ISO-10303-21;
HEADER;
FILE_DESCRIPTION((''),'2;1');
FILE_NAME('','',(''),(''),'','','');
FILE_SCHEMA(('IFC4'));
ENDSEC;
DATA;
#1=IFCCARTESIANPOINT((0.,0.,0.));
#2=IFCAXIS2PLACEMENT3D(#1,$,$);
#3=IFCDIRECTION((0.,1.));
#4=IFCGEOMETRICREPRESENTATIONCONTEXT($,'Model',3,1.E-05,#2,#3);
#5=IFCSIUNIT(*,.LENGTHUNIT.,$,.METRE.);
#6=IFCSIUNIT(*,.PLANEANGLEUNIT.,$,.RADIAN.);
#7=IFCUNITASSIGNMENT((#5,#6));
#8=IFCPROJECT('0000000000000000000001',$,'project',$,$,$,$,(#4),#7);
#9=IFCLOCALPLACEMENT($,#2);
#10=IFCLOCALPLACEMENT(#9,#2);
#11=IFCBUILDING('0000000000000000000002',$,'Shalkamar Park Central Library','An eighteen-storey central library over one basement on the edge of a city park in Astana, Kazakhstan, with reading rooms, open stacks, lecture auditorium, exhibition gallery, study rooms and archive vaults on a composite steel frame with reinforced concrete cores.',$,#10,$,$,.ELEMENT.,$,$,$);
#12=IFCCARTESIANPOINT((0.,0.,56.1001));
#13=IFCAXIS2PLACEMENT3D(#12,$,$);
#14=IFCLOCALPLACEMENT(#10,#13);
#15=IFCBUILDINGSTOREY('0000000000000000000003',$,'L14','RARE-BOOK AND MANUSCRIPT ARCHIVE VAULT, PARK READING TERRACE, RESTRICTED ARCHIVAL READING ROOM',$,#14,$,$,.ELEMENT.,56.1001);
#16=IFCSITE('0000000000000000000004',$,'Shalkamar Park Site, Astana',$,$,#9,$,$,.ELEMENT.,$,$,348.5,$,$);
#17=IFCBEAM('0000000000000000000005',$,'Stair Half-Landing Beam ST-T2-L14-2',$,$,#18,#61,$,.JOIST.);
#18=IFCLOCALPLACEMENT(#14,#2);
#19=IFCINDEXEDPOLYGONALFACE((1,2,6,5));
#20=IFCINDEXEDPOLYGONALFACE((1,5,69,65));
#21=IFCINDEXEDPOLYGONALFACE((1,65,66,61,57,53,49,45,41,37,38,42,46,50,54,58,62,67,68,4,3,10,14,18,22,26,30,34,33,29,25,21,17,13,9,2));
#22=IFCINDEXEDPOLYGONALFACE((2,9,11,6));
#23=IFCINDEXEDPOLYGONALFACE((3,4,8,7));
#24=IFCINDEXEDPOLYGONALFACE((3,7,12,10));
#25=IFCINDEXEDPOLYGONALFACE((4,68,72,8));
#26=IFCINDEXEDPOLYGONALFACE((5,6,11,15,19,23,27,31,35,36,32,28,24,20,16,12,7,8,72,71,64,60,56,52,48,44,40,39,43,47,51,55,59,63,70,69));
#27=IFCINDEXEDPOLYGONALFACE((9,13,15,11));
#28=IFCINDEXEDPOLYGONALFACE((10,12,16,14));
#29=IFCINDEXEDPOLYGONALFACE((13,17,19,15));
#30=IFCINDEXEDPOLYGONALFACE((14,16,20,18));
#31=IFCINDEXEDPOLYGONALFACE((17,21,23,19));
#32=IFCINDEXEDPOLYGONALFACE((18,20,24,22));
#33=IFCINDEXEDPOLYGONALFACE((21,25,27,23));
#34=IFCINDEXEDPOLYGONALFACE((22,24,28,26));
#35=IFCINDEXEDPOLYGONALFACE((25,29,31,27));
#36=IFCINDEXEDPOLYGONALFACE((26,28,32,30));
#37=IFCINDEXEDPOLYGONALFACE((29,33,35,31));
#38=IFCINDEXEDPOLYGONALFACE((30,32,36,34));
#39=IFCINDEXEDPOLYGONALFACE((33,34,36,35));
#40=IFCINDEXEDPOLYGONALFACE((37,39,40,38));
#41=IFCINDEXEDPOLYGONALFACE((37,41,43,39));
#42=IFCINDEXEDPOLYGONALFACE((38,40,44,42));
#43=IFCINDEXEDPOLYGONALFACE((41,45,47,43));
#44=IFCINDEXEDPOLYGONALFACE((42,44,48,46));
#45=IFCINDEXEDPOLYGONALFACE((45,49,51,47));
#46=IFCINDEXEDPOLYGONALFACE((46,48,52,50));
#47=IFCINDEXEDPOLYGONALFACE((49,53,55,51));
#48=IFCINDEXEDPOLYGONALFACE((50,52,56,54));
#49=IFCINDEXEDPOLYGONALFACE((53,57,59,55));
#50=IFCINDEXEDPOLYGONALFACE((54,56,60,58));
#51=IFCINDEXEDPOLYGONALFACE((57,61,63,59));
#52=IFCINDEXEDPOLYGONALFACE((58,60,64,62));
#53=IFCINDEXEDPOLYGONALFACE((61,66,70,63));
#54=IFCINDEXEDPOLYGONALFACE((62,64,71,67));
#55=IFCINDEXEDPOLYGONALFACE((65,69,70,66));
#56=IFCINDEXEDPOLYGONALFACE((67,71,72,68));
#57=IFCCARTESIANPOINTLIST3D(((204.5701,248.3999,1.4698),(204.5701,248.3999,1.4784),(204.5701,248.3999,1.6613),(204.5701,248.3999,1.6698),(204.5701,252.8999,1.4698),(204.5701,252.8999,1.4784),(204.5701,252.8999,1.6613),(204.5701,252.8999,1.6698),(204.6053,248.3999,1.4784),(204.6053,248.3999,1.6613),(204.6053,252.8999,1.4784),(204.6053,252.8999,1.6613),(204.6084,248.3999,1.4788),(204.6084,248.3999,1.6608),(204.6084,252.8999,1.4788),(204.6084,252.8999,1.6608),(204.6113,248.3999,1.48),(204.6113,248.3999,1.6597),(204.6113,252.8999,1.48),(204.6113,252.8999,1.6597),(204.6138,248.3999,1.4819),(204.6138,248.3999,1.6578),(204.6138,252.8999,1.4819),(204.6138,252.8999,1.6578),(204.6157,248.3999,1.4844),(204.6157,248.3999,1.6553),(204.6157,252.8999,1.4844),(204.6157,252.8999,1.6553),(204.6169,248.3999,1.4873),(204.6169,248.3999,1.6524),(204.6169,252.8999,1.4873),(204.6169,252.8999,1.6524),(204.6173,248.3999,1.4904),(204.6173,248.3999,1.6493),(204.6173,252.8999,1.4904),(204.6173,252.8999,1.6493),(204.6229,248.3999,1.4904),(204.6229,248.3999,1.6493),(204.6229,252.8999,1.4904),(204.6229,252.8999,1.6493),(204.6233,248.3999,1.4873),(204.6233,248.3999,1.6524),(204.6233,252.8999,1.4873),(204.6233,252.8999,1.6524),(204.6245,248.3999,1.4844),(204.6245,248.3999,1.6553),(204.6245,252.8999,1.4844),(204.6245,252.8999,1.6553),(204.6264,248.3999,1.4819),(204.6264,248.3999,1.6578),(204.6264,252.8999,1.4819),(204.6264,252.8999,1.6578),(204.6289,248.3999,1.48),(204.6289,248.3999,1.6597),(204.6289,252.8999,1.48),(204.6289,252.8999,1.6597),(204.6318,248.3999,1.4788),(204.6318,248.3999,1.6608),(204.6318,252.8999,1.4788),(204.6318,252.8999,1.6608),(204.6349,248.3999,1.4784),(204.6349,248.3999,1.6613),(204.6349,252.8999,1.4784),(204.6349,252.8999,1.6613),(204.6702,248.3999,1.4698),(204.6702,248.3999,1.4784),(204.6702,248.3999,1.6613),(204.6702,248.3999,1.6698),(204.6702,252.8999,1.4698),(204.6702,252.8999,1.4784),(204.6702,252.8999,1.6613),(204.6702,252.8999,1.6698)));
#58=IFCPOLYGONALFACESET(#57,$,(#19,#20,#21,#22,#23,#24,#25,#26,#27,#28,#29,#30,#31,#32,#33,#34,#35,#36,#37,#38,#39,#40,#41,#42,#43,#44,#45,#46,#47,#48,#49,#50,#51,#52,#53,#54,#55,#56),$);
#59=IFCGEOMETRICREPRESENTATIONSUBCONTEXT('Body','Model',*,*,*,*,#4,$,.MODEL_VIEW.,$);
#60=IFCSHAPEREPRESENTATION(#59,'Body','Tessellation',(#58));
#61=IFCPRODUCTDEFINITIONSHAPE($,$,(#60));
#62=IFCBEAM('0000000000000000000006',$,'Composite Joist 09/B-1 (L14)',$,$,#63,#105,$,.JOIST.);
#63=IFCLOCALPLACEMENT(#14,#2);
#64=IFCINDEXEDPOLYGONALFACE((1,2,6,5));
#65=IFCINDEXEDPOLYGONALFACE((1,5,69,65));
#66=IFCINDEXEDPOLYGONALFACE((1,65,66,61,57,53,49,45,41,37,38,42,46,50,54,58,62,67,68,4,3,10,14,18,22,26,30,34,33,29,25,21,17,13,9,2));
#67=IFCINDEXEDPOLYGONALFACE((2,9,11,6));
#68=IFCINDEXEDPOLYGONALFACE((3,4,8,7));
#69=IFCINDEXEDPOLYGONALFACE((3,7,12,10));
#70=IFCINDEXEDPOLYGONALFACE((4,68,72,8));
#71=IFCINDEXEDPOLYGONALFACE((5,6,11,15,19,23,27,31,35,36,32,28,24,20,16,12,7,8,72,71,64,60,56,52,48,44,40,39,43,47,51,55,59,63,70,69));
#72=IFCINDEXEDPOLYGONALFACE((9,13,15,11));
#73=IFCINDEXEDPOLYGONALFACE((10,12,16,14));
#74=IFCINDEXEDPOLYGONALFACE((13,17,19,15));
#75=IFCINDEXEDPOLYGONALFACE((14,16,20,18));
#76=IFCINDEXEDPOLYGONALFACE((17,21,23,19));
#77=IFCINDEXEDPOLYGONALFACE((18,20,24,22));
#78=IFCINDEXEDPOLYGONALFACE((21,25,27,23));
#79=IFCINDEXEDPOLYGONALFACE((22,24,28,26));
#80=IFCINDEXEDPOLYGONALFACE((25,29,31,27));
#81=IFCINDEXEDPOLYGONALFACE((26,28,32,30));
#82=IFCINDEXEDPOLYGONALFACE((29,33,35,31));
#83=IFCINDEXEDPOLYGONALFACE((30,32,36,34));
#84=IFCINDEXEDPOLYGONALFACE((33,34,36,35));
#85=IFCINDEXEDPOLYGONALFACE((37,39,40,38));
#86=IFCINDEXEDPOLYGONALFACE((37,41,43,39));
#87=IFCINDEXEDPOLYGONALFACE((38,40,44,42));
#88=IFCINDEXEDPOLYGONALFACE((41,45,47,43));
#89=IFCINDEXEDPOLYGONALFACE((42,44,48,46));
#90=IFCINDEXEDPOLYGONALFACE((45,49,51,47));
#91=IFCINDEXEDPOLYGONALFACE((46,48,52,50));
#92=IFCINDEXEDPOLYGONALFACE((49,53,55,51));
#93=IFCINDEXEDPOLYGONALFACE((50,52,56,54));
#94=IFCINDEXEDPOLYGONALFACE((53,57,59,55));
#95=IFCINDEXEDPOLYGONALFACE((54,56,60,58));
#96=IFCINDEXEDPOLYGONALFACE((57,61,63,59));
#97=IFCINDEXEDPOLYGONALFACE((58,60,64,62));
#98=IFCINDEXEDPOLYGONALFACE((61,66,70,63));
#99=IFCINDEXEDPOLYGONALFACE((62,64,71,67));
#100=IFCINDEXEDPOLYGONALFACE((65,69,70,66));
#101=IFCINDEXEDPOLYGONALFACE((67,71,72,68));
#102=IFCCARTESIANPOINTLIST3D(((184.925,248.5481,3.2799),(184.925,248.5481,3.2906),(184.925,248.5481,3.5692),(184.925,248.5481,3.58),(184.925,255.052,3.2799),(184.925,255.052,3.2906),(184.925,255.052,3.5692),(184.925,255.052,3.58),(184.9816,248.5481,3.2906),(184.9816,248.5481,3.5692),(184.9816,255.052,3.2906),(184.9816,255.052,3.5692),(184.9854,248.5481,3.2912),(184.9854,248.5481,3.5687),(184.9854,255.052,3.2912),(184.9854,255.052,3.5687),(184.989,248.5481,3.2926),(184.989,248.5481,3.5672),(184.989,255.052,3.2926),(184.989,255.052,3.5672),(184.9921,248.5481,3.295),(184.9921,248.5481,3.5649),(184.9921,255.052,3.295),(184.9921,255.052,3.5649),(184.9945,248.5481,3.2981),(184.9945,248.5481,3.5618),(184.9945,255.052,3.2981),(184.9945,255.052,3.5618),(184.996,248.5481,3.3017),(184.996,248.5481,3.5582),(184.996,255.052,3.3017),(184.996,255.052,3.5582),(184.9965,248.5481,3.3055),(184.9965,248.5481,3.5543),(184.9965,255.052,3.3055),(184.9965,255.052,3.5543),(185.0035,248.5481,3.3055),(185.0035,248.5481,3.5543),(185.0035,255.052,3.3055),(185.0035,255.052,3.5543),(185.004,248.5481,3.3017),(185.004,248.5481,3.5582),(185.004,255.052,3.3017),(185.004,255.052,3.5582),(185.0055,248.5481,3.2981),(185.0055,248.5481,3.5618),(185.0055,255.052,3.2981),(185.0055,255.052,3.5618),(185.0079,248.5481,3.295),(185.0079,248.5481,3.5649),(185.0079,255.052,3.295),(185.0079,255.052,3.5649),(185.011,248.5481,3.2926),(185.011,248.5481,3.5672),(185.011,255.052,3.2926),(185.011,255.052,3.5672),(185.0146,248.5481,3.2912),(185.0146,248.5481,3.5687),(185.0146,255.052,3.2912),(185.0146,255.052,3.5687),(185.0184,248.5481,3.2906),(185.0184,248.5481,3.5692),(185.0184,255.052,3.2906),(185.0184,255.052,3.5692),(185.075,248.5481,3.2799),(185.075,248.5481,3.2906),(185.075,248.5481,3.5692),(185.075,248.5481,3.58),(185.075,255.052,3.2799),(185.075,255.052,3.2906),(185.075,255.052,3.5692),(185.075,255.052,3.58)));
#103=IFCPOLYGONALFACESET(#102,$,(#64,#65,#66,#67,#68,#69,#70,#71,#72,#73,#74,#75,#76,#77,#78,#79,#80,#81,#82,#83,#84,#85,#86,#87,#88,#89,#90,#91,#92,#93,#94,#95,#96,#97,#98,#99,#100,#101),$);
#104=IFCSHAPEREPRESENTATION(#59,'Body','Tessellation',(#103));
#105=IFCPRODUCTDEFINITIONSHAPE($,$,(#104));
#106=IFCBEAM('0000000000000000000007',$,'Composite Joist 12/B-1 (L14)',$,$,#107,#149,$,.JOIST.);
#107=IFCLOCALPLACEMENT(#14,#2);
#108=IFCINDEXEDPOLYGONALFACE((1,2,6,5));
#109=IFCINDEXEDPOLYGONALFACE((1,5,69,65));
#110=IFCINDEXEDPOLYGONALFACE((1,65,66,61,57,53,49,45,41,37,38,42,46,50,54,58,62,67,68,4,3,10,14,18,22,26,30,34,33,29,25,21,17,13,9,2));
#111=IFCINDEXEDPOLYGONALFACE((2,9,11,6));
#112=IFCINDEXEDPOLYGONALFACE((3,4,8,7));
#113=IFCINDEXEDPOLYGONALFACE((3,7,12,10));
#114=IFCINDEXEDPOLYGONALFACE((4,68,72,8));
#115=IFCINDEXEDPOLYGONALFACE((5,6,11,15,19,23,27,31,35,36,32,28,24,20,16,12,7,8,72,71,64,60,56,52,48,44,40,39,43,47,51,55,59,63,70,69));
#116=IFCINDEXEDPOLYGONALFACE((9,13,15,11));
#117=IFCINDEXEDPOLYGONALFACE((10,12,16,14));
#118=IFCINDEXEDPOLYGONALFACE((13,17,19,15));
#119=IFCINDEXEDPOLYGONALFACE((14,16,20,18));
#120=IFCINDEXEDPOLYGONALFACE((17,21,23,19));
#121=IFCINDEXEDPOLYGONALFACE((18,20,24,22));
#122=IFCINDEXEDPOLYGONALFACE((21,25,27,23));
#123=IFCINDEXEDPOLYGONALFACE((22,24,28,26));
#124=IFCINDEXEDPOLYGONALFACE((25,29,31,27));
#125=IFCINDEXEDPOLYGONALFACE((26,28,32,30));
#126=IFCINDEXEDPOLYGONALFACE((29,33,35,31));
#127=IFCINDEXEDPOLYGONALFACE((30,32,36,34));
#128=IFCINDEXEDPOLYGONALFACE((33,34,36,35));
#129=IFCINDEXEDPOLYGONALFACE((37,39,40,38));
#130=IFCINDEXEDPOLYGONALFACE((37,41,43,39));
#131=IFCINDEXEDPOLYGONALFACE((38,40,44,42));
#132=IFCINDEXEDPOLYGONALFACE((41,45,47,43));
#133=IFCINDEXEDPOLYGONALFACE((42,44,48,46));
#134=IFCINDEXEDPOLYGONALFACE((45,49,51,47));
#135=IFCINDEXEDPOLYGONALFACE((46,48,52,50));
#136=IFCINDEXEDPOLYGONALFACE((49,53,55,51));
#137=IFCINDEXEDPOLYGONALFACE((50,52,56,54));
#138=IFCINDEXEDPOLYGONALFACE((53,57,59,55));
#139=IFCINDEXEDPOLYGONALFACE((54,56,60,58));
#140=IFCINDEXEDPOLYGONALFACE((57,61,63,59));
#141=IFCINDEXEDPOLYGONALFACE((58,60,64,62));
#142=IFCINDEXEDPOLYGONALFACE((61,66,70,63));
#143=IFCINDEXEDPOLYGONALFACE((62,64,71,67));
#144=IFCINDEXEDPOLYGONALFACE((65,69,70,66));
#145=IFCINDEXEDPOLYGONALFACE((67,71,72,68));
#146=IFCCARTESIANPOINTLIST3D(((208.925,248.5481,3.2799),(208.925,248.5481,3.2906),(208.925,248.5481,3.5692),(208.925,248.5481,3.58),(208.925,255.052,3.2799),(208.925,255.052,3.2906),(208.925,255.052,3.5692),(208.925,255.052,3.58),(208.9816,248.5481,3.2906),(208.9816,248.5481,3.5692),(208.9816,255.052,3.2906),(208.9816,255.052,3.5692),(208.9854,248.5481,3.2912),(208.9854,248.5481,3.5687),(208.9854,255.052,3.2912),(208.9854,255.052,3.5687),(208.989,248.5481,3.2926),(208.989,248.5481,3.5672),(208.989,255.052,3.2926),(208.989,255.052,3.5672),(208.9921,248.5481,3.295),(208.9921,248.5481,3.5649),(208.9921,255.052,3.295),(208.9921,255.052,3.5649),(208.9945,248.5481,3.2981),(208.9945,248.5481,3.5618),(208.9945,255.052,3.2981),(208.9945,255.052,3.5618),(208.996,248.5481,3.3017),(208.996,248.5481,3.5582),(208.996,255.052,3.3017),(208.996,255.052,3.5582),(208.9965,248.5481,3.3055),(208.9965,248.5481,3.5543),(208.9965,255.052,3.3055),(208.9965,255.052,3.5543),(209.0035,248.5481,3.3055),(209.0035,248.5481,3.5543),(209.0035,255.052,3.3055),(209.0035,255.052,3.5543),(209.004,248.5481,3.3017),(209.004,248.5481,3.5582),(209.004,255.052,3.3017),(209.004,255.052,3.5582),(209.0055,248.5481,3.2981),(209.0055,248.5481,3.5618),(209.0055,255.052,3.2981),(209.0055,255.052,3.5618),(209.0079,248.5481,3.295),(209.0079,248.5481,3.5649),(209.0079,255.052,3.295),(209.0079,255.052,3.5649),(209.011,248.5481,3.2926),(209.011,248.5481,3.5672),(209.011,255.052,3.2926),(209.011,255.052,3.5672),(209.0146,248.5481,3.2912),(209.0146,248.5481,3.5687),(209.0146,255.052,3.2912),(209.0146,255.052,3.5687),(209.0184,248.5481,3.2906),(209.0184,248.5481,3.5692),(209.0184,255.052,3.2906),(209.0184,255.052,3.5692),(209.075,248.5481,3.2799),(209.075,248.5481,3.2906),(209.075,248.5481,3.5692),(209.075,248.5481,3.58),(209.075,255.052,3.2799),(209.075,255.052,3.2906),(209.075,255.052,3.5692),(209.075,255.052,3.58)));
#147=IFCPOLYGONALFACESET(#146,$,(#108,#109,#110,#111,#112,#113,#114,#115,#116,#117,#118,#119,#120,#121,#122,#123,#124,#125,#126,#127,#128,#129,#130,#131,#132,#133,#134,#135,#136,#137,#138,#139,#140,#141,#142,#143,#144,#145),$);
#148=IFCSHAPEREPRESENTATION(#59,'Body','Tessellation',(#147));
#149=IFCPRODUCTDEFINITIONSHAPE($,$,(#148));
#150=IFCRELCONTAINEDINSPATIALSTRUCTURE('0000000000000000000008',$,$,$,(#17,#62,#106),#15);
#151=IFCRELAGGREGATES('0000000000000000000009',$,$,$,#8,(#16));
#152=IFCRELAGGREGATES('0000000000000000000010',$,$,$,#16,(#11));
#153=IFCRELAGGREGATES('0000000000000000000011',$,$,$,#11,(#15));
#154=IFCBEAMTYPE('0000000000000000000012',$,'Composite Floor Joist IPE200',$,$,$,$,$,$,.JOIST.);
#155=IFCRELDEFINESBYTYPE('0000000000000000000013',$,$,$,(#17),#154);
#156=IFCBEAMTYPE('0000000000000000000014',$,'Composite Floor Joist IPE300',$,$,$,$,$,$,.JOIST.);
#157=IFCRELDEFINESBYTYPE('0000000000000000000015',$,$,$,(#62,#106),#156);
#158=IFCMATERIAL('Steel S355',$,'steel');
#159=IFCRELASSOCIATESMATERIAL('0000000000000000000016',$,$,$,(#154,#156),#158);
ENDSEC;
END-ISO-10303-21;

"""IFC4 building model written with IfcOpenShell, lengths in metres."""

from ifc_helpers import new_model, si_unit, direction, frame, origin, origin_2d, place, context, subcontext, project, spatial, i_section, extrude, material, material_profile, profile_set, type_object, element, save


model = new_model("IFC4")

# Units and contexts
model_context = context("Model", 3, precision=1e-05, world=origin(), true_north=direction((0.0, 1.0)))
body_context = subcontext(model_context, "Body", "Model", "MODEL_VIEW")
ifc_project = project(units=[si_unit("LENGTHUNIT", "METRE"), si_unit("PLANEANGLEUNIT", "RADIAN")], contexts=[model_context])

# Site, building, storey
site_placement = place(None, origin())
site = spatial("IfcSite", under=ifc_project, at=site_placement, Name="Shalkamar Park Site, Astana", CompositionType="ELEMENT", RefElevation=348.5)
building_placement = place(site_placement, origin())
building = spatial("IfcBuilding", under=site, at=building_placement, Name="Shalkamar Park Central Library", Description="An eighteen-storey central library over one basement on the edge of a city park in Astana, Kazakhstan, with reading rooms, open stacks, lecture auditorium, exhibition gallery, study rooms and archive vaults on a composite steel frame with reinforced concrete cores.", CompositionType="ELEMENT")
storey_placement = place(building_placement, frame((0.0, 0.0, 56.1001)))
storey = spatial("IfcBuildingStorey", under=building, at=storey_placement, Name="L14", Description="RARE-BOOK AND MANUSCRIPT ARCHIVE VAULT, PARK READING TERRACE, RESTRICTED ARCHIVAL READING ROOM", CompositionType="ELEMENT", Elevation=56.1001)

# Beams
ifc_material_1 = material(Name="Steel S355", Category="steel")
ifc_material_profile_1 = material_profile(ifc_material_1, i_section(OverallWidth=0.1001, OverallDepth=0.2, WebThickness=0.0056, FlangeThickness=0.0085, FilletRadius=0.012, at=origin_2d()), Name="IPE 200")
ifc_profile_set_1 = profile_set([ifc_material_profile_1], Name="Steel S355")
beam_type_1 = type_object("IfcBeamType", Name="Composite Floor Joist IPE200", PredefinedType="JOIST", material=ifc_profile_set_1)
for number, where, z_axis, x_axis, name in (
    (1, (204.6201, 248.3999, 1.5698), (0.0, 1.0, 0.0), (-1.0, 0.0, 0.0), "Stair Half-Landing Beam ST-T2-L14-2"),
):
    element("IfcBeam", number, at=place(storey_placement, frame(where, z_axis=z_axis, x_axis=x_axis)), inside=storey, type_object=beam_type_1, Name=name, PredefinedType="JOIST", context=body_context, shape_type="SweptSolid", body=[
        extrude(i_section(OverallWidth=0.1001, OverallDepth=0.2, WebThickness=0.0056, FlangeThickness=0.0085, FilletRadius=0.012, at=origin_2d()), origin(), (0.0, 0.0, 1.0), 4.5),
    ])
ifc_material_profile_2 = material_profile(ifc_material_1, i_section(OverallWidth=0.1499, OverallDepth=0.3, WebThickness=0.0071, FlangeThickness=0.0107, FilletRadius=0.0149, at=origin_2d()), Name="IPE 300")
ifc_profile_set_2 = profile_set([ifc_material_profile_2], Name="Steel S355")
beam_type_2 = type_object("IfcBeamType", Name="Composite Floor Joist IPE300", PredefinedType="JOIST", material=ifc_profile_set_2)
for number, where, z_axis, x_axis, name in (
    (2, (185.0, 248.5481, 3.4299), (0.0, 1.0, 0.0), (-1.0, 0.0, 0.0), "Composite Joist 09/B-1 (L14)"),
    (3, (209.0, 248.5481, 3.4299), (0.0, 1.0, 0.0), (-1.0, 0.0, 0.0), "Composite Joist 12/B-1 (L14)"),
):
    element("IfcBeam", number, at=place(storey_placement, frame(where, z_axis=z_axis, x_axis=x_axis)), inside=storey, type_object=beam_type_2, Name=name, PredefinedType="JOIST", context=body_context, shape_type="SweptSolid", body=[
        extrude(i_section(OverallWidth=0.1499, OverallDepth=0.3, WebThickness=0.0071, FlangeThickness=0.0107, FilletRadius=0.0149, at=origin_2d()), origin(), (0.0, 0.0, 1.0), 6.5039),
    ])

save(model, "model.ifc")
